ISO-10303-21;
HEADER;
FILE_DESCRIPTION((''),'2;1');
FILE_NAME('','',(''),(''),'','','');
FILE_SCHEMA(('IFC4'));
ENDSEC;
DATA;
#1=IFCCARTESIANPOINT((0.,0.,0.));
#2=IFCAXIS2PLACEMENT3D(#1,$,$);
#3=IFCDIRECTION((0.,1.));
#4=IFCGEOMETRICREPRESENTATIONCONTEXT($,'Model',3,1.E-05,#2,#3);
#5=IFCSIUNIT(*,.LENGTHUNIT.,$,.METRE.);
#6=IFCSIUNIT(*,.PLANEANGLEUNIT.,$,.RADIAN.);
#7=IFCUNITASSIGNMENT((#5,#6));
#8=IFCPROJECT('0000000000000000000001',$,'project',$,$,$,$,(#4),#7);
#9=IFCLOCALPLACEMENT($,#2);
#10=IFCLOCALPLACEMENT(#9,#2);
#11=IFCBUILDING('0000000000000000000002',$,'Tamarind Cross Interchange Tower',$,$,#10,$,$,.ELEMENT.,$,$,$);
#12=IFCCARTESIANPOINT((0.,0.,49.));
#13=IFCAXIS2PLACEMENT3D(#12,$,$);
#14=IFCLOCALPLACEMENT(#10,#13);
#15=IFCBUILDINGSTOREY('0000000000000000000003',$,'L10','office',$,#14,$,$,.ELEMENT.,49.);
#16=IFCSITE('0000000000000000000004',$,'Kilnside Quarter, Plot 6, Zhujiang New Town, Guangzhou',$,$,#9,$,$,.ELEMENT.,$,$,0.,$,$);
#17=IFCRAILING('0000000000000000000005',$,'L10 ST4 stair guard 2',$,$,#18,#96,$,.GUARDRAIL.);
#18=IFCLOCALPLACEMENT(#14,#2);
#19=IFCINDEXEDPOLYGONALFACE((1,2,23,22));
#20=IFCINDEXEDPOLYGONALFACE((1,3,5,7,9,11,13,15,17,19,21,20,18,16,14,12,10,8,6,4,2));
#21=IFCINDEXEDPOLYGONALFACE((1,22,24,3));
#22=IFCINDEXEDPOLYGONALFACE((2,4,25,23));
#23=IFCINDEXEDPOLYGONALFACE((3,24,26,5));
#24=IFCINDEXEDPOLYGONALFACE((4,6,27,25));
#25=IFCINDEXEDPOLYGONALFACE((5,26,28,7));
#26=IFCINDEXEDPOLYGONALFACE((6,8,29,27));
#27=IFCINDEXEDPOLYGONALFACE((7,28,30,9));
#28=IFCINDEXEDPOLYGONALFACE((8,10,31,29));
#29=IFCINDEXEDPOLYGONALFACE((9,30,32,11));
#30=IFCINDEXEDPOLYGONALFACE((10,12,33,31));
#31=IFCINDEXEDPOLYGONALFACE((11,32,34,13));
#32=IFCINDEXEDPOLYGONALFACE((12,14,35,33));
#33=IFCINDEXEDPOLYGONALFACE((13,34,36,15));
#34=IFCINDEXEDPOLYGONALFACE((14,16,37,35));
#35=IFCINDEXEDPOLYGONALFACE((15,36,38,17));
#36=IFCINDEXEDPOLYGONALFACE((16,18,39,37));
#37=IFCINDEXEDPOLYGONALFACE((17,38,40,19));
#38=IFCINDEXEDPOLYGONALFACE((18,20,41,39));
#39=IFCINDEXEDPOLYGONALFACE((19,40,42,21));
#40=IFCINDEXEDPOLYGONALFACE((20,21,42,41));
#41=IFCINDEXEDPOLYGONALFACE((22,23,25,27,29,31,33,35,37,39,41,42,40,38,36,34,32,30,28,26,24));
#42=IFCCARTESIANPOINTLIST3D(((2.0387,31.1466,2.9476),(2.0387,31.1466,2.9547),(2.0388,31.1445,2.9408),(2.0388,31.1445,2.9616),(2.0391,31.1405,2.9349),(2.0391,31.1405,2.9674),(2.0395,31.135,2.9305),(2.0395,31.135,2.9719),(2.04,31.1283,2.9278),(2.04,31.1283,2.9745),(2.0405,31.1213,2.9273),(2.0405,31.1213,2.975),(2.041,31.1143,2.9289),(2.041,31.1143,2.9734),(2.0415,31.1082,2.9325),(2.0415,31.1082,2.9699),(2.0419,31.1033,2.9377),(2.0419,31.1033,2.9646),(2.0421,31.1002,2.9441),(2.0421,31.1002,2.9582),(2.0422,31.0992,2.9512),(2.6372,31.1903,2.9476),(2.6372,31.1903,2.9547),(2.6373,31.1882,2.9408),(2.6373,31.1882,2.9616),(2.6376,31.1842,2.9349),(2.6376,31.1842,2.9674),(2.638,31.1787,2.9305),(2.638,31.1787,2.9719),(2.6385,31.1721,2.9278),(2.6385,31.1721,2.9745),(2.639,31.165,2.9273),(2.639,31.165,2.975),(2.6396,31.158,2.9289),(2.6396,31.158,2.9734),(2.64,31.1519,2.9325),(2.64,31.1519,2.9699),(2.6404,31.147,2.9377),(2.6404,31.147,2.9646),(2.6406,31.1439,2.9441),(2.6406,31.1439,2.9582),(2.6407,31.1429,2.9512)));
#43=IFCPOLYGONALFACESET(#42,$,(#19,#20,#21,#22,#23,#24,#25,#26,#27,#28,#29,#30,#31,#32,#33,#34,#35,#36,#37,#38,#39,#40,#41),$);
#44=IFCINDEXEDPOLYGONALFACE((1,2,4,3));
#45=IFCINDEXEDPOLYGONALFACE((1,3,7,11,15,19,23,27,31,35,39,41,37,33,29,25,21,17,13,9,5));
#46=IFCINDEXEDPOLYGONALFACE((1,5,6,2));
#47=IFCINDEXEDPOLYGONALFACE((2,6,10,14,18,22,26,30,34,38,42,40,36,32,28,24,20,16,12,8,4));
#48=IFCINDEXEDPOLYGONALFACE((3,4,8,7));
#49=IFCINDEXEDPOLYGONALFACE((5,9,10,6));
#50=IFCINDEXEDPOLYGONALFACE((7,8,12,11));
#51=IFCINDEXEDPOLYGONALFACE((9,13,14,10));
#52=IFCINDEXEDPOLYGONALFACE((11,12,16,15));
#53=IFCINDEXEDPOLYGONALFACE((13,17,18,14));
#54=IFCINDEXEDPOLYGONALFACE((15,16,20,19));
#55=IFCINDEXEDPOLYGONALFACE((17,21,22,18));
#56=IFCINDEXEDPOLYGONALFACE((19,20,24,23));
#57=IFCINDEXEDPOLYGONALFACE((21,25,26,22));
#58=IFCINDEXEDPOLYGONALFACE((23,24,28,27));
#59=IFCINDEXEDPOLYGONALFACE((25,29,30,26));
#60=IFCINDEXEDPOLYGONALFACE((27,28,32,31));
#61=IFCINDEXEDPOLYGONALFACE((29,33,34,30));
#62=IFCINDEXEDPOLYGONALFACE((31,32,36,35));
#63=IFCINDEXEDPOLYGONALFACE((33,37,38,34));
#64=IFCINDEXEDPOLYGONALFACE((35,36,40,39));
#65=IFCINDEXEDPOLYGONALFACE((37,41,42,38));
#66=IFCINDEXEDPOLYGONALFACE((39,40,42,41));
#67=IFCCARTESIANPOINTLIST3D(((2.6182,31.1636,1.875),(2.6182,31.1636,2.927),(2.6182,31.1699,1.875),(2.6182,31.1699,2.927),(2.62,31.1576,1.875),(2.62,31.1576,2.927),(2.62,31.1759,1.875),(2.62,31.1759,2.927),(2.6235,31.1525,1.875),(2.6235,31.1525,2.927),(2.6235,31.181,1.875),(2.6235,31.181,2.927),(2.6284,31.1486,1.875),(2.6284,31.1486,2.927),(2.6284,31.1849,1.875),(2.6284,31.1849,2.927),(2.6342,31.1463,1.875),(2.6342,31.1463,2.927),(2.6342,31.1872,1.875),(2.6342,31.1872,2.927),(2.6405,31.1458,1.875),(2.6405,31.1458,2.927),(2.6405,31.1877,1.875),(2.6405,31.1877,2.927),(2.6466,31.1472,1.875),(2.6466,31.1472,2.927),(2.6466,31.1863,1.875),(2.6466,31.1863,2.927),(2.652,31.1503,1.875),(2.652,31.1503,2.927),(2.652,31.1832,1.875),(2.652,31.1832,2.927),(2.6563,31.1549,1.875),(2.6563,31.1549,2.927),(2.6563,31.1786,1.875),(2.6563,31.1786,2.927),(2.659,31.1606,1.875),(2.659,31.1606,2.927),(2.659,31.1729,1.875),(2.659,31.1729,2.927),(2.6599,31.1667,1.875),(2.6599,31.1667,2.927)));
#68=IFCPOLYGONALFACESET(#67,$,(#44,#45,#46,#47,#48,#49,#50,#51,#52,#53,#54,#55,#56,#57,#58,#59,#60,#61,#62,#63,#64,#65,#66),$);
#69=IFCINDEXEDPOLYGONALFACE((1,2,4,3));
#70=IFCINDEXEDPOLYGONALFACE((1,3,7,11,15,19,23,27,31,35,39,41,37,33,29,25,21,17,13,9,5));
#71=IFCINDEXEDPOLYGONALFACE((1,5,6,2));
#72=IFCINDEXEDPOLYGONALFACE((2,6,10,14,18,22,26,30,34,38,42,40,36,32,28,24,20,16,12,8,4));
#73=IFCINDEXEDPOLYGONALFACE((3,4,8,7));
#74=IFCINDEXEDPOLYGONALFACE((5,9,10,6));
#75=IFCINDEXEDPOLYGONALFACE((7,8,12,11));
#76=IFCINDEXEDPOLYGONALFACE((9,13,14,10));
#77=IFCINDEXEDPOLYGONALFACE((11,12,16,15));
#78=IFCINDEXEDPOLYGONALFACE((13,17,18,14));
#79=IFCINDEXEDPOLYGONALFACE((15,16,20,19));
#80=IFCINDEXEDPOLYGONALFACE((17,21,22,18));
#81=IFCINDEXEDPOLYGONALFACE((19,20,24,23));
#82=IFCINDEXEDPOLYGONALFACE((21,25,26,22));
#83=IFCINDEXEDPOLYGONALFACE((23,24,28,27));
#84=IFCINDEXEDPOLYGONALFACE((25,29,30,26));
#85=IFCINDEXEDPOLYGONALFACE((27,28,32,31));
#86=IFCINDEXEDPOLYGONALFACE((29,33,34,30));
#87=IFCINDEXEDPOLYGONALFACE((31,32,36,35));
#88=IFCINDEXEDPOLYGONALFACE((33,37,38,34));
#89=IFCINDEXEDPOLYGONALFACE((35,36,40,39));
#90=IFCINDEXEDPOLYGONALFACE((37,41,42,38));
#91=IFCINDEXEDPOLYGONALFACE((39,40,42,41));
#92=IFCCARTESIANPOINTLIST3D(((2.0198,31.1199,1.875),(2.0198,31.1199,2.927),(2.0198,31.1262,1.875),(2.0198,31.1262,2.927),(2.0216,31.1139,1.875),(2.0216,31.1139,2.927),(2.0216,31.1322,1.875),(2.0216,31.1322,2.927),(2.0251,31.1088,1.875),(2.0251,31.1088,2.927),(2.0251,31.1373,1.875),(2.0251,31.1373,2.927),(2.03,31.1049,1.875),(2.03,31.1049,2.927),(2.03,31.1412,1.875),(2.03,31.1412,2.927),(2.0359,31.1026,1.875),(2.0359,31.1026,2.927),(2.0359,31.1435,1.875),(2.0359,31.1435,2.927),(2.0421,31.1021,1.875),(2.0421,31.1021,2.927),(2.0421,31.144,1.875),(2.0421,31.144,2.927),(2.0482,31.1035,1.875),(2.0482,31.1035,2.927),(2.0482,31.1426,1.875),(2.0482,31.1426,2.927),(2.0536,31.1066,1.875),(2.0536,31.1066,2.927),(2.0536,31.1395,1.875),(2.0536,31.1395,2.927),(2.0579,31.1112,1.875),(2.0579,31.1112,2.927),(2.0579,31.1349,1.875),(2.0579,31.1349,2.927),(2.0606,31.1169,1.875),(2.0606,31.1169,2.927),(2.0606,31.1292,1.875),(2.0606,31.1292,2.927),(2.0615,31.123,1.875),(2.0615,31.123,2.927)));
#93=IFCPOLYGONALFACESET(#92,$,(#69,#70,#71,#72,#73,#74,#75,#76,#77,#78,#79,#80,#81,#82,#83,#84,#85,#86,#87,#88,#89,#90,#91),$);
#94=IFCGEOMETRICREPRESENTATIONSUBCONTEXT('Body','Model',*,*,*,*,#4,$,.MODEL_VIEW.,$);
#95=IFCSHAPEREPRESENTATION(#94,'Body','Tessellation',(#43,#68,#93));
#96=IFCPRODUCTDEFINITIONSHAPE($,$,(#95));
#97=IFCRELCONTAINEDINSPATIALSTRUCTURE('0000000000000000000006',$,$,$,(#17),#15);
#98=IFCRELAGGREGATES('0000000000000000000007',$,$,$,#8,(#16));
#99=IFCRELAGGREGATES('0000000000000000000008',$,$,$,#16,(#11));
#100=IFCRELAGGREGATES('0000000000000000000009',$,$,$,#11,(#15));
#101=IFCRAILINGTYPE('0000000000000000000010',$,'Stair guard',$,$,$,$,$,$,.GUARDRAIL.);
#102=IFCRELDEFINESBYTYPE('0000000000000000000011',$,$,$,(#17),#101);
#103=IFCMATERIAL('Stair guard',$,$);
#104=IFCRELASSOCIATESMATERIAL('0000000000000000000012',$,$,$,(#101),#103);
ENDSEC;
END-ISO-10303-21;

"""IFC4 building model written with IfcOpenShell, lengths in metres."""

from ifc_helpers import new_model, si_unit, direction, frame, origin, origin_2d, place, context, subcontext, project, spatial, circle, extrude, material, type_object, element, save


model = new_model("IFC4")

# Units and contexts
model_context = context("Model", 3, precision=1e-05, world=origin(), true_north=direction((0.0, 1.0)))
body_context = subcontext(model_context, "Body", "Model", "MODEL_VIEW")
ifc_project = project(units=[si_unit("LENGTHUNIT", "METRE"), si_unit("PLANEANGLEUNIT", "RADIAN")], contexts=[model_context])

# Site, building, storey
site_placement = place(None, origin())
site = spatial("IfcSite", under=ifc_project, at=site_placement, Name="Kilnside Quarter, Plot 6, Zhujiang New Town, Guangzhou", CompositionType="ELEMENT", RefElevation=0.0)
building_placement = place(site_placement, origin())
building = spatial("IfcBuilding", under=site, at=building_placement, Name="Tamarind Cross Interchange Tower", CompositionType="ELEMENT")
storey_placement = place(building_placement, frame((0.0, 0.0, 49.0)))
storey = spatial("IfcBuildingStorey", under=building, at=storey_placement, Name="L10", Description="office", CompositionType="ELEMENT", Elevation=49.0)

# Railing
ifc_material_1 = material(Name="Stair guard")
railing_type_1 = type_object("IfcRailingType", Name="Stair guard", PredefinedType="GUARDRAIL", material=ifc_material_1)
railing_1_placement = place(storey_placement, frame((2.6389, 31.1667, 1.875)))
element("IfcRailing", 1, at=railing_1_placement, inside=storey, type_object=railing_type_1, Name="L10 ST4 stair guard 2", PredefinedType="GUARDRAIL", context=body_context, shape_type="SweptSolid", body=[
    extrude(circle(Radius=0.0239, at=origin_2d()), frame((0.0, 0.0, 1.0762), z_axis=(-0.997344, -0.072837, 0.0), x_axis=(0.072837, -0.997344, 0.0)), (0.0, 0.0, 1.0), 0.6001),
    extrude(circle(Radius=0.021, at=origin_2d()), origin(), (0.0, 0.0, 1.0), 1.052),
    extrude(circle(Radius=0.021, at=origin_2d()), frame((-0.5984, -0.0437, 0.0)), (0.0, 0.0, 1.0), 1.052),
])

save(model, "model.ifc")
